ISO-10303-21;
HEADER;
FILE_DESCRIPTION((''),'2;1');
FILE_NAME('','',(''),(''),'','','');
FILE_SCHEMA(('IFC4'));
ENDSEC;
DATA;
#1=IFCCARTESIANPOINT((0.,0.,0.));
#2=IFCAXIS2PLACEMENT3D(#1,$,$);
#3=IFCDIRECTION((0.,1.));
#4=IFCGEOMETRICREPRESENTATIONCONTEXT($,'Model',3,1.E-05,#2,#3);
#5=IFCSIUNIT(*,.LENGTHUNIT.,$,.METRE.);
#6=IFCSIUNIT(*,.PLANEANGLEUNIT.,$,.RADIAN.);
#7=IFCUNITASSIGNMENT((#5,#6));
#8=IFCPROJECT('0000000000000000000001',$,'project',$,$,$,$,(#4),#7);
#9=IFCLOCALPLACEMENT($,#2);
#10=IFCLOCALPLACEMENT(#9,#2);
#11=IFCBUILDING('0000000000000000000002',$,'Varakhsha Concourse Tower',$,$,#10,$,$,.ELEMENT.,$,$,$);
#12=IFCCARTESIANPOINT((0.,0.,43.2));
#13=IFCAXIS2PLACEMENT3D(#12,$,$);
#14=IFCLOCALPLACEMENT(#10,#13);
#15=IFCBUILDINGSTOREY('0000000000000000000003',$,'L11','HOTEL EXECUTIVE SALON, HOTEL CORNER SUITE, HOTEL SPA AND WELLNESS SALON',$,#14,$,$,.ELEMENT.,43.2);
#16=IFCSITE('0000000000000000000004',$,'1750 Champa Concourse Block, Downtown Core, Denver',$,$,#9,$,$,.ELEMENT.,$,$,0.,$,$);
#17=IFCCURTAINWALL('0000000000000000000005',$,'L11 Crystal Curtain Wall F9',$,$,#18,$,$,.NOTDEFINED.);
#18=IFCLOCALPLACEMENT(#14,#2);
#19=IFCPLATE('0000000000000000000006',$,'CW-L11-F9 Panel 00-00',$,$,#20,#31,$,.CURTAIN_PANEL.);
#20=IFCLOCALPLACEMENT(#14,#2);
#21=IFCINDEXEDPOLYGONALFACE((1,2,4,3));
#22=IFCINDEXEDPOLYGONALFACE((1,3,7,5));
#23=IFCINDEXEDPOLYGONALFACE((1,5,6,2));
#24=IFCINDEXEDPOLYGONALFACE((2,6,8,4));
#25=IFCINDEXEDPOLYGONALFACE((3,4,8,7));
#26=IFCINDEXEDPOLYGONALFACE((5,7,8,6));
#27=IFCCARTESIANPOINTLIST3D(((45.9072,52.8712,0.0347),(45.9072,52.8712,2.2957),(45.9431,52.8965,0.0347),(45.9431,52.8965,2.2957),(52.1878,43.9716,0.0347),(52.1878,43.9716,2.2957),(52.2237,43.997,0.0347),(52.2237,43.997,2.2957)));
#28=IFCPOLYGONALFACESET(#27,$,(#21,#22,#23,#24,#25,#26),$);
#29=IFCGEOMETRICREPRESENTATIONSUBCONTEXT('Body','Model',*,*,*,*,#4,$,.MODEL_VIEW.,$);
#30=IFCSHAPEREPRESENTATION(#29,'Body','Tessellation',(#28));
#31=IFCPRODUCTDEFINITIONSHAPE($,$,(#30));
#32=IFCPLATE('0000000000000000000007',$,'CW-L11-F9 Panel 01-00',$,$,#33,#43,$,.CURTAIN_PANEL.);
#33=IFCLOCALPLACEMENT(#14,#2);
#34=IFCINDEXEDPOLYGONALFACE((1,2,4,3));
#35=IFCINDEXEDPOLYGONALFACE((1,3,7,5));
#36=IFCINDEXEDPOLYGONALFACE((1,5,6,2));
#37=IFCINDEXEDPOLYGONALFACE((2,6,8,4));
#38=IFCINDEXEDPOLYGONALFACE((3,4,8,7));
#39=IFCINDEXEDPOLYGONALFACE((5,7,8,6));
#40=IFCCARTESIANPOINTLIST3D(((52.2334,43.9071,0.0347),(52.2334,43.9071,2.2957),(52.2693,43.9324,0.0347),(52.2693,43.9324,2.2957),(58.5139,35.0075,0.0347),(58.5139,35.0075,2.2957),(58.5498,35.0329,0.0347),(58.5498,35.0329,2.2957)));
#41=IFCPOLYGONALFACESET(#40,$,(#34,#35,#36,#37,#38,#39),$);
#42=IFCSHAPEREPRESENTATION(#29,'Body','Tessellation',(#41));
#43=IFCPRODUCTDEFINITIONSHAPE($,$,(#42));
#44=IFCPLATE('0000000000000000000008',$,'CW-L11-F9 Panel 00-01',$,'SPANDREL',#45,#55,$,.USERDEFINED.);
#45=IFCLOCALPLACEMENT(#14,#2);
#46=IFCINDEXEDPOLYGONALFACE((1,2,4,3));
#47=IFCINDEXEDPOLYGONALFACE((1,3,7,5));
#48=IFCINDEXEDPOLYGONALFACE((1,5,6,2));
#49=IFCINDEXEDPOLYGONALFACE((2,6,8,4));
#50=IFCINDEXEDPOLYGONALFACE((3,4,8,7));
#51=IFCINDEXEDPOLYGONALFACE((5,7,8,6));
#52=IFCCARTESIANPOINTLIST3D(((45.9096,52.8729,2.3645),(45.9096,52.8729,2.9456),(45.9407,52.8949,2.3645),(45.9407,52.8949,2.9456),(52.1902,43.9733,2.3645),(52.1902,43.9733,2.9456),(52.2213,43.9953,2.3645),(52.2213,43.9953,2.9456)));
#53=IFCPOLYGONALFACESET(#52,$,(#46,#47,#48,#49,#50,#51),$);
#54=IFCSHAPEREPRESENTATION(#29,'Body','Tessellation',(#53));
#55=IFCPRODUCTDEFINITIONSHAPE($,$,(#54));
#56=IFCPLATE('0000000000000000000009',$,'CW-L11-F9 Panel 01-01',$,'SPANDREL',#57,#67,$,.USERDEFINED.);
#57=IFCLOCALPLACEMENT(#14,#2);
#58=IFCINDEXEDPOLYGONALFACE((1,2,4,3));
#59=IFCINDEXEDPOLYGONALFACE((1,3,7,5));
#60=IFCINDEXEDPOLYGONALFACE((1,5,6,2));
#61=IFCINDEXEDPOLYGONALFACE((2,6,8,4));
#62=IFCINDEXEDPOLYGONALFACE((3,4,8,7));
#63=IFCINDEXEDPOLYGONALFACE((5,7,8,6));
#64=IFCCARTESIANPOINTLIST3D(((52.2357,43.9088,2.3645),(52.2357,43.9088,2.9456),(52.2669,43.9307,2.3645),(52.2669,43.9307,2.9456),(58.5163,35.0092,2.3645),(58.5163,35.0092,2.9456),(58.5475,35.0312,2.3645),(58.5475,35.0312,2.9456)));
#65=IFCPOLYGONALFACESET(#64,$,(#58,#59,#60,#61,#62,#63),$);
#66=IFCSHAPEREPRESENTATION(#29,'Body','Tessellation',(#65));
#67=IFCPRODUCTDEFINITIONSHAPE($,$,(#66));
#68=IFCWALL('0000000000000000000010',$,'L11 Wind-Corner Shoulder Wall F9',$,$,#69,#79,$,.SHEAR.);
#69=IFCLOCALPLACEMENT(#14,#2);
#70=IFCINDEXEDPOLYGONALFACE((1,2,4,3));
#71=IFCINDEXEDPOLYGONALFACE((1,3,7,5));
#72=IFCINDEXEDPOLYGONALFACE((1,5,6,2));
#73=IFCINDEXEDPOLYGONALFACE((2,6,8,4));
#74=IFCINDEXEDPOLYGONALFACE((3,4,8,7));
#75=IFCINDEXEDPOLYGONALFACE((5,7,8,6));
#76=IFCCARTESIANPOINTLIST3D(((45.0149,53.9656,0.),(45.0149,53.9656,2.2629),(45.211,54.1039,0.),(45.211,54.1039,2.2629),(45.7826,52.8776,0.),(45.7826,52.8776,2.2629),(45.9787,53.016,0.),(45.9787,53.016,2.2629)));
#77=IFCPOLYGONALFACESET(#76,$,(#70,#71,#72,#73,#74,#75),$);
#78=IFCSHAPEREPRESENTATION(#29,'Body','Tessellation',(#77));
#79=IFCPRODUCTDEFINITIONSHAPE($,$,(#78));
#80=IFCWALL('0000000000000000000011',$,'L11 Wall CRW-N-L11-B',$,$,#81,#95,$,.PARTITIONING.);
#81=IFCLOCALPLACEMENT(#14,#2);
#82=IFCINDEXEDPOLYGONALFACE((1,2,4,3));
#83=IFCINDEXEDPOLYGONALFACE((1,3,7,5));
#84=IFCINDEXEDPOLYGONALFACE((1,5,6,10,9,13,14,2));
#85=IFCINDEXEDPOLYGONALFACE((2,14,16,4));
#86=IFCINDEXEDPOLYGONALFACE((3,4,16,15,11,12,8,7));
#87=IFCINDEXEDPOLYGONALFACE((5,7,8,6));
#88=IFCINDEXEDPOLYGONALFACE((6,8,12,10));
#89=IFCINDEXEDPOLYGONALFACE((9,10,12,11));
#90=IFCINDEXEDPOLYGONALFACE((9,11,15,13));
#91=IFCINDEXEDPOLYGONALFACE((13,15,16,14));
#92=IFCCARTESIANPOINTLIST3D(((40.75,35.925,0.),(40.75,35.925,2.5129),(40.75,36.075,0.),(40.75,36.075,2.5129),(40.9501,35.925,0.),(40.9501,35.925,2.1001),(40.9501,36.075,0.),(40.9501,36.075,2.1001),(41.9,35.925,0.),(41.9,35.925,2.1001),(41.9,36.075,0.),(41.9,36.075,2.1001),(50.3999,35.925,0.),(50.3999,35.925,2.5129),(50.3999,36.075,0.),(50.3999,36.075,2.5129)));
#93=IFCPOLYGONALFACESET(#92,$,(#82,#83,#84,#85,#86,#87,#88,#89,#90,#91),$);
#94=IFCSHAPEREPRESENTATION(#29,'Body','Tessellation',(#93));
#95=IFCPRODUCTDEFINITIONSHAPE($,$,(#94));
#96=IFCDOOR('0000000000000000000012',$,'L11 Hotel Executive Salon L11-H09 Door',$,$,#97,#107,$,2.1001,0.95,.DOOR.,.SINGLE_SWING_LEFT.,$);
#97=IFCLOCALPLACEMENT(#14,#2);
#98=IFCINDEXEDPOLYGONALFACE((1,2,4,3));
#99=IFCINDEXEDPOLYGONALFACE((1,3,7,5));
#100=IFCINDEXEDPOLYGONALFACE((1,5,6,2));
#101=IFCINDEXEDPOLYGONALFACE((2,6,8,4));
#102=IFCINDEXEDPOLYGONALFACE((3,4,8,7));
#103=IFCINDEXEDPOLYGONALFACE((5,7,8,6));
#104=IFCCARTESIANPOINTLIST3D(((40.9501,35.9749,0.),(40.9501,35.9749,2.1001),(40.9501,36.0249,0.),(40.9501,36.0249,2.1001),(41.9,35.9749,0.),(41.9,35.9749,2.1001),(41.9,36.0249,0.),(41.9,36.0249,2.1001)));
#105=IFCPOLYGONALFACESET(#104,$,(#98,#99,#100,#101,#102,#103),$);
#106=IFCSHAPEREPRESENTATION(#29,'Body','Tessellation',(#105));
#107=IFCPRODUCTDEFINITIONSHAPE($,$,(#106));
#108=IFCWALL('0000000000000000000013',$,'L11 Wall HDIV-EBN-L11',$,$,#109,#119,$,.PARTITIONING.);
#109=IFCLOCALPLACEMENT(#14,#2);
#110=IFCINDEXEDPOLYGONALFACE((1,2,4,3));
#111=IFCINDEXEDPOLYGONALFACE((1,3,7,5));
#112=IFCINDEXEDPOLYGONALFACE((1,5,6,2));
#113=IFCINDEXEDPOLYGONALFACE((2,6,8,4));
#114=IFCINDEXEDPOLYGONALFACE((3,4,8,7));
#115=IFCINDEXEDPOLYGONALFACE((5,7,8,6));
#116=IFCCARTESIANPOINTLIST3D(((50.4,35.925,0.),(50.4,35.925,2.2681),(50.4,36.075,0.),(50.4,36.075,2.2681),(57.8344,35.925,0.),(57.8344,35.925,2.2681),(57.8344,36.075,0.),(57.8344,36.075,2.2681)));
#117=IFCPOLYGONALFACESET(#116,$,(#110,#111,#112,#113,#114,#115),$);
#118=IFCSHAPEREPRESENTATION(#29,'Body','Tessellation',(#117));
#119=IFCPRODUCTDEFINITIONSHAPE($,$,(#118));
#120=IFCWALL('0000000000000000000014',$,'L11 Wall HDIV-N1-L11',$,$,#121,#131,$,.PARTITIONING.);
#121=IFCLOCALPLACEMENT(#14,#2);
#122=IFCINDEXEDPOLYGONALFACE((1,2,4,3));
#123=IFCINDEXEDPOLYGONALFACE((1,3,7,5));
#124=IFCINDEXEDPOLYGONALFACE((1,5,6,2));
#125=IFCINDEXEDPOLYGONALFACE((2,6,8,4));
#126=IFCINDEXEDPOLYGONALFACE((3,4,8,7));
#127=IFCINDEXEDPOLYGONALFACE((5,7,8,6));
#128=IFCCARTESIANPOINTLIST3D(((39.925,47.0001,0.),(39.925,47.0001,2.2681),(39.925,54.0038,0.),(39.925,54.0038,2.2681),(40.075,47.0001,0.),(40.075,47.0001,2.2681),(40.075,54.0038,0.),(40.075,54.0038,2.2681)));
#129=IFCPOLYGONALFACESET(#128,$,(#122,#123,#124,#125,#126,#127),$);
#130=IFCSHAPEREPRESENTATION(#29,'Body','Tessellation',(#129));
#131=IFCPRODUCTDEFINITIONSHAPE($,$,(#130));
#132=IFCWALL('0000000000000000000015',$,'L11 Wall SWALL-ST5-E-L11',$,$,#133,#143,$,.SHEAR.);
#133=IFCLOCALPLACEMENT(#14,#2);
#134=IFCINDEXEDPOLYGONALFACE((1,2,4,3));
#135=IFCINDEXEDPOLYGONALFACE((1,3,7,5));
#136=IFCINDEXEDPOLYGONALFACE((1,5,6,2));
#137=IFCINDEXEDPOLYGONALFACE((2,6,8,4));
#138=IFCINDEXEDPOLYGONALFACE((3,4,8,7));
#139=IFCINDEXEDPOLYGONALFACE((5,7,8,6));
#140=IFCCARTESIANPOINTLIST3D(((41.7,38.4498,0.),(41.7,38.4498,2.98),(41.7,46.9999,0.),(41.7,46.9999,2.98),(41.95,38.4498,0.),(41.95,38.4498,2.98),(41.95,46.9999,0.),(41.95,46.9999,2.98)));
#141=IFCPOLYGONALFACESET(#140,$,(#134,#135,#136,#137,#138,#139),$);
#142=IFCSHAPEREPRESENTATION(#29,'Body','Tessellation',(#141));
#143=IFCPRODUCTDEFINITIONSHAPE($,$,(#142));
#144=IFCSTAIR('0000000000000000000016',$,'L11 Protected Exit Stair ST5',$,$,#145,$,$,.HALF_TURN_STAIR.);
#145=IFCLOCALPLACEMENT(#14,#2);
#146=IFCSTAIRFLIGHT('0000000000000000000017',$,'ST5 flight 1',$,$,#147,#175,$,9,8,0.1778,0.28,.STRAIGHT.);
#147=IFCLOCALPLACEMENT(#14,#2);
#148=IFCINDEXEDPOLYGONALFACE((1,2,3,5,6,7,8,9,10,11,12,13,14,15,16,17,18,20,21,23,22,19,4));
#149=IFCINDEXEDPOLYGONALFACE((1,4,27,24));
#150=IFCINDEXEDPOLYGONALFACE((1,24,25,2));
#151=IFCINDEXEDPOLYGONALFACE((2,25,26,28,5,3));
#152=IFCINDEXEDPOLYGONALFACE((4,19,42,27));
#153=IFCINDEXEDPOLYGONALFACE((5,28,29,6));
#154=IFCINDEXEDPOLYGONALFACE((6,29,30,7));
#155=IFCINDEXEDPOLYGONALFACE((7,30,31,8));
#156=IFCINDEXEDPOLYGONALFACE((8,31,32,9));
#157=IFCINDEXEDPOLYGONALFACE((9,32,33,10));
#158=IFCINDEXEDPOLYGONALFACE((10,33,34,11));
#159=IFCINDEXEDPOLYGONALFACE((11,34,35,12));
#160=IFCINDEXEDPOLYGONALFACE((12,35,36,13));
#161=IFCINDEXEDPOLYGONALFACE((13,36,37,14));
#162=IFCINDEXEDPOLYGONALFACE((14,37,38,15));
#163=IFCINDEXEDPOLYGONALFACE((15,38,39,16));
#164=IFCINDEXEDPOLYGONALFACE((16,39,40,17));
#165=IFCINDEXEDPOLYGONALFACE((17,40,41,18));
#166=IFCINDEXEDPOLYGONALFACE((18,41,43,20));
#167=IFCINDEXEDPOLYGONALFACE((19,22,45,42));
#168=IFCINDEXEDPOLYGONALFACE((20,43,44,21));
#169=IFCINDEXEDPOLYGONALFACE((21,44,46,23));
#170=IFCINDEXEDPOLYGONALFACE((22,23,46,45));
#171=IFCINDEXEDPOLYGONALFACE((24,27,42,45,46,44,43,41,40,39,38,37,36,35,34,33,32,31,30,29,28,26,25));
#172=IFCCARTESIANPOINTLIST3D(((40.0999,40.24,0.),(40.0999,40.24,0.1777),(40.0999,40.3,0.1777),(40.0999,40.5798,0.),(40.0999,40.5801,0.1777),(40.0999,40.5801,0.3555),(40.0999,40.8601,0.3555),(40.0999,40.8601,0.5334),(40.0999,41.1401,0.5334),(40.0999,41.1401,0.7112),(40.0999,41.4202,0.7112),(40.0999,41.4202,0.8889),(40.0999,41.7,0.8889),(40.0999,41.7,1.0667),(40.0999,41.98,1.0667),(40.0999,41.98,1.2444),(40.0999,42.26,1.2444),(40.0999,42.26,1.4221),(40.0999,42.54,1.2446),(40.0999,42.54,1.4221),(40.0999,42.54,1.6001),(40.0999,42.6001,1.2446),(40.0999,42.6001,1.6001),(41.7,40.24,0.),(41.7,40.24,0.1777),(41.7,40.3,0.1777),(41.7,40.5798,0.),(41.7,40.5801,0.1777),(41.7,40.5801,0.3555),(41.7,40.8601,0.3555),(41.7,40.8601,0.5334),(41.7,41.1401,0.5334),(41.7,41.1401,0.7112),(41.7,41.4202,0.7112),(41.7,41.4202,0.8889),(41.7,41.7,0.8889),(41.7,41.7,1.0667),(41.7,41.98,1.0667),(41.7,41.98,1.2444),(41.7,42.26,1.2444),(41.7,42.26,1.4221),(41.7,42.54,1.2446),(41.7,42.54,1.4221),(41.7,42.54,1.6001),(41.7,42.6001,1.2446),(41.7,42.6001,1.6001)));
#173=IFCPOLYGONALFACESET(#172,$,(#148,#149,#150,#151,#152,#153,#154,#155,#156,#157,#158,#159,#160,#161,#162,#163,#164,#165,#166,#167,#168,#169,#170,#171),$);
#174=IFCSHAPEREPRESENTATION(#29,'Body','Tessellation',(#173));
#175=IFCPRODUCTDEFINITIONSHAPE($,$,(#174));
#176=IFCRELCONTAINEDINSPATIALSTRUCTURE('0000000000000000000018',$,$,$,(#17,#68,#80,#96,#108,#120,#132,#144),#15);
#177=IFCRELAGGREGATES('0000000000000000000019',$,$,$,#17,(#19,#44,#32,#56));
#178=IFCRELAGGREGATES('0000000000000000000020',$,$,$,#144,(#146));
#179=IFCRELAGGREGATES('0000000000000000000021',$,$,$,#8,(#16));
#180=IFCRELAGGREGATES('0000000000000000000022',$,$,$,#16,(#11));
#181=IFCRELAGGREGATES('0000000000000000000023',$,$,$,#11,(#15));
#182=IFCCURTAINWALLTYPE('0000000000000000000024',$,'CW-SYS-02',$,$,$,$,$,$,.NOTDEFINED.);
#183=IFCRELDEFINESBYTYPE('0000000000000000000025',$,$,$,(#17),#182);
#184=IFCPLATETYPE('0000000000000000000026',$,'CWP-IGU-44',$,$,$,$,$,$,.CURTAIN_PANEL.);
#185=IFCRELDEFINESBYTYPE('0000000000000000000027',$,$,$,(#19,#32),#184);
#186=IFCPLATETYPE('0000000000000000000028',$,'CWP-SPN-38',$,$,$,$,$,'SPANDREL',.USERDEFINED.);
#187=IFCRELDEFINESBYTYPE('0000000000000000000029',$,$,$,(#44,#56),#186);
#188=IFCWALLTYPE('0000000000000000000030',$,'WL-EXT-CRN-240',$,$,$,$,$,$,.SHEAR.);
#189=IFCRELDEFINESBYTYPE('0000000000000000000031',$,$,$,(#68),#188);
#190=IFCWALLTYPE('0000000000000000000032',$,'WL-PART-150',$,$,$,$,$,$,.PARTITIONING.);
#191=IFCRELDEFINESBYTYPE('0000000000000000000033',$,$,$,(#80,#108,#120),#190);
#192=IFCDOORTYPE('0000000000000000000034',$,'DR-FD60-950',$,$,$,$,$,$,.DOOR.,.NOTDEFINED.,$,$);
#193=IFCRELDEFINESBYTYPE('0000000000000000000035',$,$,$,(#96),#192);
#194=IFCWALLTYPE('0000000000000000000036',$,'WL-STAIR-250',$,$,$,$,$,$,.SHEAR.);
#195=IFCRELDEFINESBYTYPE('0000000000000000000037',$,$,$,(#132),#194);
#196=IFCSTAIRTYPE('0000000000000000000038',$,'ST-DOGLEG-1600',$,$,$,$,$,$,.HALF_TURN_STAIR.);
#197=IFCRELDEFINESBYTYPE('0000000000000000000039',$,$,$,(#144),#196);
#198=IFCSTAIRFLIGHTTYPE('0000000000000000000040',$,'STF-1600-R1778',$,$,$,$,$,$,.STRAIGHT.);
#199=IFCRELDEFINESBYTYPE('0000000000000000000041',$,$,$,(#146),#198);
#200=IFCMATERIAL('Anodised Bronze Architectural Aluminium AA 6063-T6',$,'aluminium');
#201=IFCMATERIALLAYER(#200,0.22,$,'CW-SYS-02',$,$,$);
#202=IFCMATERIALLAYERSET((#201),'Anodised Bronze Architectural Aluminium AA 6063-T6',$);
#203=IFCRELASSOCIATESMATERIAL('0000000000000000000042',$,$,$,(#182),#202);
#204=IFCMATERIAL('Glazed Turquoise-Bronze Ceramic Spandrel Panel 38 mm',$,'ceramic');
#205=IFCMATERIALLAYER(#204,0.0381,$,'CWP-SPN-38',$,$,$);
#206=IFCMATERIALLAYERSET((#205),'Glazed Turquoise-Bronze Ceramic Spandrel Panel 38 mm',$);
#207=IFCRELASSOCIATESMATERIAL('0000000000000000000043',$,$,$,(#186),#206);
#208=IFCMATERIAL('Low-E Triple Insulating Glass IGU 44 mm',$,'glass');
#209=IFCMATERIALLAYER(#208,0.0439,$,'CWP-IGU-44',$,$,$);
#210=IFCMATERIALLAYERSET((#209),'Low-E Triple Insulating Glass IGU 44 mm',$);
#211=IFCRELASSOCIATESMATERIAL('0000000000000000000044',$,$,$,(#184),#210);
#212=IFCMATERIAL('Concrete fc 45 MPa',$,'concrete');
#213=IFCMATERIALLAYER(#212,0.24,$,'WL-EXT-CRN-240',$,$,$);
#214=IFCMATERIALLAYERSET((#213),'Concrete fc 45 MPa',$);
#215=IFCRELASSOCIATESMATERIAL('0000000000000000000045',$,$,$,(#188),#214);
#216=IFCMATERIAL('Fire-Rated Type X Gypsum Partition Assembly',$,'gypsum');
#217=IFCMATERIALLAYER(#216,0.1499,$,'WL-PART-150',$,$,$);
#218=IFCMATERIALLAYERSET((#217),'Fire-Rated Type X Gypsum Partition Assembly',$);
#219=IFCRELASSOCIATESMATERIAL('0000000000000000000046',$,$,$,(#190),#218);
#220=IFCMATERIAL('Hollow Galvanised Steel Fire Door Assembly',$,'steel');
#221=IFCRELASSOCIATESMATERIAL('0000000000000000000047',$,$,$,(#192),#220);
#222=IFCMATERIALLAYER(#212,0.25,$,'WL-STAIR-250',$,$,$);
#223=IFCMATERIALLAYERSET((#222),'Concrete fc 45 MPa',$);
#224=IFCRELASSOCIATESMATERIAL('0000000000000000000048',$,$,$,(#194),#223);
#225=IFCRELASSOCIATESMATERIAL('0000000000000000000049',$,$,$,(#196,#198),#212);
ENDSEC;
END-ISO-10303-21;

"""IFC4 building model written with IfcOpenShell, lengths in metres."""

from ifc_helpers import new_model, si_unit, direction, frame, frame_2d, origin, origin_2d, place, context, subcontext, project, spatial, polyline, rectangle, outline, extrude, source, transform, mapped, material, layer, layer_set, type_object, type_shapes, element, fill, aggregate, save


model = new_model("IFC4")

# Units and contexts
model_context = context("Model", 3, precision=1e-05, world=origin(), true_north=direction((0.0, 1.0)))
body_context = subcontext(model_context, "Body", "Model", "MODEL_VIEW")
ifc_project = project(units=[si_unit("LENGTHUNIT", "METRE"), si_unit("PLANEANGLEUNIT", "RADIAN")], contexts=[model_context])

# Site, building, storey
site_placement = place(None, origin())
site = spatial("IfcSite", under=ifc_project, at=site_placement, Name="1750 Champa Concourse Block, Downtown Core, Denver", CompositionType="ELEMENT", RefElevation=0.0)
building_placement = place(site_placement, origin())
building = spatial("IfcBuilding", under=site, at=building_placement, Name="Varakhsha Concourse Tower", CompositionType="ELEMENT")
storey_placement = place(building_placement, frame((0.0, 0.0, 43.2)))
storey = spatial("IfcBuildingStorey", under=building, at=storey_placement, Name="L11", Description="HOTEL EXECUTIVE SALON, HOTEL CORNER SUITE, HOTEL SPA AND WELLNESS SALON", CompositionType="ELEMENT", Elevation=43.2)

# Shared definitions
ifc_material_1 = material(Name="Anodised Bronze Architectural Aluminium AA 6063-T6", Category="aluminium")
ifc_layer_1 = layer(ifc_material_1, 0.22, Name="CW-SYS-02")
ifc_layer_set_1 = layer_set([ifc_layer_1], Name="Anodised Bronze Architectural Aluminium AA 6063-T6")
curtain_wall_type = type_object("IfcCurtainWallType", Name="CW-SYS-02", PredefinedType="NOTDEFINED", material=ifc_layer_set_1)

# Curtain wall
curtain_wall_1_placement = place(storey_placement, origin())
curtain_wall_1 = element("IfcCurtainWall", 1, at=curtain_wall_1_placement, inside=storey, type_object=curtain_wall_type, Name="L11 Crystal Curtain Wall F9", PredefinedType="NOTDEFINED")

# Plates
ifc_material_2 = material(Name="Glazed Turquoise-Bronze Ceramic Spandrel Panel 38 mm", Category="ceramic")
ifc_layer_2 = layer(ifc_material_2, 0.0381, Name="CWP-SPN-38")
ifc_layer_set_2 = layer_set([ifc_layer_2], Name="Glazed Turquoise-Bronze Ceramic Spandrel Panel 38 mm")
plate_type_1 = type_object("IfcPlateType", Name="CWP-SPN-38", ElementType="SPANDREL", PredefinedType="USERDEFINED", material=ifc_layer_set_2)
ifc_material_3 = material(Name="Low-E Triple Insulating Glass IGU 44 mm", Category="glass")
ifc_layer_3 = layer(ifc_material_3, 0.0439, Name="CWP-IGU-44")
ifc_layer_set_3 = layer_set([ifc_layer_3], Name="Low-E Triple Insulating Glass IGU 44 mm")
plate_type_2 = type_object("IfcPlateType", Name="CWP-IGU-44", PredefinedType="CURTAIN_PANEL", material=ifc_layer_set_3)
shared_shape_1 = source(origin(), body_context, "Body", "SweptSolid", [
    extrude(rectangle(XDim=10.8926, YDim=0.0439, at=origin_2d()), origin(), (0.0, 0.0, 1.0), 2.261),
])
type_shapes(plate_type_2, [shared_shape_1])
plate_1_placement = place(storey_placement, frame((49.0654, 48.4341, 0.0347), z_axis=(0.0, 0.0, 1.0), x_axis=(0.576593, -0.817031, 0.0)))
plate_1 = element("IfcPlate", 2, at=plate_1_placement, type_object=plate_type_2, Name="CW-L11-F9 Panel 00-00", PredefinedType="CURTAIN_PANEL", context=body_context, shape_type="MappedRepresentation", body=[
    mapped(shared_shape_1, transform((0.0, 0.0, 0.0), scale=1.0)),
])
plate_2_placement = place(storey_placement, frame((55.3916, 39.47, 0.0347), z_axis=(0.0, 0.0, 1.0), x_axis=(0.576593, -0.817031, 0.0)))
plate_2 = element("IfcPlate", 3, at=plate_2_placement, type_object=plate_type_2, Name="CW-L11-F9 Panel 01-00", PredefinedType="CURTAIN_PANEL", context=body_context, shape_type="MappedRepresentation", body=[
    mapped(shared_shape_1, transform((0.0, 0.0, 0.0), scale=1.0)),
])
shared_shape_2 = source(origin(), body_context, "Body", "SweptSolid", [
    extrude(rectangle(XDim=10.8926, YDim=0.0381, at=origin_2d()), origin(), (0.0, 0.0, 1.0), 0.5811),
])
plate_3_placement = place(storey_placement, frame((49.0654, 48.4341, 2.3645), z_axis=(0.0, 0.0, 1.0), x_axis=(0.576593, -0.817031, 0.0)))
plate_3 = element("IfcPlate", 4, at=plate_3_placement, type_object=plate_type_1, Name="CW-L11-F9 Panel 00-01", ObjectType="SPANDREL", PredefinedType="USERDEFINED", context=body_context, shape_type="MappedRepresentation", body=[
    mapped(shared_shape_2, transform((0.0, 0.0, 0.0), scale=1.0)),
])
plate_4_placement = place(storey_placement, frame((55.3916, 39.47, 2.3645), z_axis=(0.0, 0.0, 1.0), x_axis=(0.576593, -0.817031, 0.0)))
plate_4 = element("IfcPlate", 5, at=plate_4_placement, type_object=plate_type_1, Name="CW-L11-F9 Panel 01-01", ObjectType="SPANDREL", PredefinedType="USERDEFINED", context=body_context, shape_type="MappedRepresentation", body=[
    mapped(shared_shape_2, transform((0.0, 0.0, 0.0), scale=1.0)),
])
aggregate(curtain_wall_1, [plate_1, plate_3, plate_2, plate_4])

# Wall
ifc_material_4 = material(Name="Concrete fc 45 MPa", Category="concrete")
ifc_layer_4 = layer(ifc_material_4, 0.24, Name="WL-EXT-CRN-240")
ifc_layer_set_4 = layer_set([ifc_layer_4], Name="Concrete fc 45 MPa")
wall_type_1 = type_object("IfcWallType", Name="WL-EXT-CRN-240", PredefinedType="SHEAR", material=ifc_layer_set_4)
wall_1_placement = place(storey_placement, frame((45.8806, 52.9468, 0.0), z_axis=(0.0, 0.0, 1.0), x_axis=(-0.57651, 0.81709, 0.0)))
element("IfcWall", 6, at=wall_1_placement, inside=storey, type_object=wall_type_1, Name="L11 Wind-Corner Shoulder Wall F9", PredefinedType="SHEAR", context=body_context, shape_type="SweptSolid", body=[
    extrude(rectangle(XDim=1.3315, YDim=0.24, at=frame_2d((0.6658, 0.0))), origin(), (0.0, 0.0, 1.0), 2.2629),
])

# Wall, opening, door
ifc_material_5 = material(Name="Fire-Rated Type X Gypsum Partition Assembly", Category="gypsum")
ifc_layer_5 = layer(ifc_material_5, 0.1499, Name="WL-PART-150")
ifc_layer_set_5 = layer_set([ifc_layer_5], Name="Fire-Rated Type X Gypsum Partition Assembly")
wall_type_2 = type_object("IfcWallType", Name="WL-PART-150", PredefinedType="PARTITIONING", material=ifc_layer_set_5)
wall_2_placement = place(storey_placement, frame((40.75, 36.0, 0.0), z_axis=(0.0, 0.0, 1.0), x_axis=(1.0, 0.0, 0.0)))
wall_2 = element("IfcWall", 7, at=wall_2_placement, inside=storey, type_object=wall_type_2, Name="L11 Wall CRW-N-L11-B", PredefinedType="PARTITIONING", context=body_context, shape_type="SweptSolid", body=[
    extrude(rectangle(XDim=9.6499, YDim=0.1499, at=frame_2d((4.825, 0.0))), origin(), (0.0, 0.0, 1.0), 2.5129),
])
opening_placement = place(wall_2_placement, frame((0.2, 0.0, 0.0)))
opening = element("IfcOpeningElement", 8, at=opening_placement, cuts=wall_2, PredefinedType="OPENING", context=body_context, shape_type="SweptSolid", body=[
    extrude(rectangle(XDim=0.95, YDim=2.1001, at=frame_2d((0.4751, 1.05))), frame((0.0, 0.085, 0.0), z_axis=(0.0, -1.0, 0.0), x_axis=(1.0, 0.0, 0.0)), (0.0, 0.0, 1.0), 0.1699),
])
ifc_material_6 = material(Name="Hollow Galvanised Steel Fire Door Assembly", Category="steel")
door_type = type_object("IfcDoorType", Name="DR-FD60-950", OperationType="NOTDEFINED", PredefinedType="DOOR", material=ifc_material_6)
door_placement = place(opening_placement, origin())
door = element("IfcDoor", 9, at=door_placement, inside=storey, type_object=door_type, Name="L11 Hotel Executive Salon L11-H09 Door", OperationType="SINGLE_SWING_LEFT", OverallHeight=2.1001, OverallWidth=0.95, PredefinedType="DOOR", context=body_context, shape_type="SweptSolid", body=[
    extrude(rectangle(XDim=0.95, YDim=2.1001, at=frame_2d((0.4751, 1.05))), frame((0.0, 0.0249, 0.0), z_axis=(0.0, -1.0, 0.0), x_axis=(1.0, 0.0, 0.0)), (0.0, 0.0, 1.0), 0.05),
])
fill(opening, door)

# Walls
wall_3_placement = place(storey_placement, frame((50.3999, 36.0, 0.0), z_axis=(0.0, 0.0, 1.0), x_axis=(1.0, 0.0, 0.0)))
element("IfcWall", 10, at=wall_3_placement, inside=storey, type_object=wall_type_2, Name="L11 Wall HDIV-EBN-L11", PredefinedType="PARTITIONING", context=body_context, shape_type="SweptSolid", body=[
    extrude(rectangle(XDim=7.4343, YDim=0.1499, at=frame_2d((3.7173, 0.0))), origin(), (0.0, 0.0, 1.0), 2.2681),
])
wall_4_placement = place(storey_placement, frame((40.0, 47.0, 0.0), z_axis=(0.0, 0.0, 1.0), x_axis=(0.0, 1.0, 0.0)))
element("IfcWall", 11, at=wall_4_placement, inside=storey, type_object=wall_type_2, Name="L11 Wall HDIV-N1-L11", PredefinedType="PARTITIONING", context=body_context, shape_type="SweptSolid", body=[
    extrude(rectangle(XDim=7.0037, YDim=0.1499, at=frame_2d((3.502, 0.0))), origin(), (0.0, 0.0, 1.0), 2.2681),
])
ifc_layer_6 = layer(ifc_material_4, 0.25, Name="WL-STAIR-250")
ifc_layer_set_6 = layer_set([ifc_layer_6], Name="Concrete fc 45 MPa")
wall_type_3 = type_object("IfcWallType", Name="WL-STAIR-250", PredefinedType="SHEAR", material=ifc_layer_set_6)
wall_5_placement = place(storey_placement, frame((41.825, 38.45, 0.0), z_axis=(0.0, 0.0, 1.0), x_axis=(0.0, 1.0, 0.0)))
element("IfcWall", 12, at=wall_5_placement, inside=storey, type_object=wall_type_3, Name="L11 Wall SWALL-ST5-E-L11", PredefinedType="SHEAR", context=body_context, shape_type="SweptSolid", body=[
    extrude(rectangle(XDim=8.55, YDim=0.25, at=frame_2d((4.2749, 0.0))), origin(), (0.0, 0.0, 1.0), 2.98),
])

# Stair, stair flight
stair_type = type_object("IfcStairType", Name="ST-DOGLEG-1600", PredefinedType="HALF_TURN_STAIR", material=ifc_material_4)
stair_placement = place(storey_placement, origin())
stair = element("IfcStair", 13, at=stair_placement, inside=storey, type_object=stair_type, Name="L11 Protected Exit Stair ST5", PredefinedType="HALF_TURN_STAIR")
stair_flight_type = type_object("IfcStairFlightType", Name="STF-1600-R1778", PredefinedType="STRAIGHT", material=ifc_material_4)
stair_flight_placement = place(storey_placement, frame((40.8999, 40.3, 0.0), z_axis=(0.0, 0.0, 1.0), x_axis=(0.0, 1.0, 0.0)))
stair_flight = element("IfcStairFlight", 14, at=stair_flight_placement, type_object=stair_flight_type, Name="ST5 flight 1", NumberOfRisers=9, NumberOfTreads=8, PredefinedType="STRAIGHT", RiserHeight=0.1778, TreadLength=0.28, context=body_context, shape_type="SweptSolid", body=[
    extrude(outline(polyline([(-0.0601, 0.0), (-0.0601, 0.1777), (0.0, 0.1777), (0.28, 0.1777), (0.28, 0.3555), (0.5601, 0.3555), (0.5601, 0.5334), (0.8401, 0.5334), (0.8401, 0.7112), (1.1201, 0.7112), (1.1201, 0.8889), (1.3999, 0.8889), (1.3999, 1.0667), (1.6799, 1.0667), (1.6799, 1.2444), (1.96, 1.2444), (1.96, 1.4221), (2.24, 1.4221), (2.24, 1.6001), (2.3, 1.6001), (2.3, 1.2446), (2.24, 1.2446), (0.2798, 0.0), (-0.0601, 0.0)])), frame((0.0, 0.8, 0.0), z_axis=(0.0, -1.0, 0.0), x_axis=(1.0, 0.0, 0.0)), (0.0, 0.0, 1.0), 1.6001),
])
aggregate(stair, [stair_flight])

save(model, "model.ifc")
